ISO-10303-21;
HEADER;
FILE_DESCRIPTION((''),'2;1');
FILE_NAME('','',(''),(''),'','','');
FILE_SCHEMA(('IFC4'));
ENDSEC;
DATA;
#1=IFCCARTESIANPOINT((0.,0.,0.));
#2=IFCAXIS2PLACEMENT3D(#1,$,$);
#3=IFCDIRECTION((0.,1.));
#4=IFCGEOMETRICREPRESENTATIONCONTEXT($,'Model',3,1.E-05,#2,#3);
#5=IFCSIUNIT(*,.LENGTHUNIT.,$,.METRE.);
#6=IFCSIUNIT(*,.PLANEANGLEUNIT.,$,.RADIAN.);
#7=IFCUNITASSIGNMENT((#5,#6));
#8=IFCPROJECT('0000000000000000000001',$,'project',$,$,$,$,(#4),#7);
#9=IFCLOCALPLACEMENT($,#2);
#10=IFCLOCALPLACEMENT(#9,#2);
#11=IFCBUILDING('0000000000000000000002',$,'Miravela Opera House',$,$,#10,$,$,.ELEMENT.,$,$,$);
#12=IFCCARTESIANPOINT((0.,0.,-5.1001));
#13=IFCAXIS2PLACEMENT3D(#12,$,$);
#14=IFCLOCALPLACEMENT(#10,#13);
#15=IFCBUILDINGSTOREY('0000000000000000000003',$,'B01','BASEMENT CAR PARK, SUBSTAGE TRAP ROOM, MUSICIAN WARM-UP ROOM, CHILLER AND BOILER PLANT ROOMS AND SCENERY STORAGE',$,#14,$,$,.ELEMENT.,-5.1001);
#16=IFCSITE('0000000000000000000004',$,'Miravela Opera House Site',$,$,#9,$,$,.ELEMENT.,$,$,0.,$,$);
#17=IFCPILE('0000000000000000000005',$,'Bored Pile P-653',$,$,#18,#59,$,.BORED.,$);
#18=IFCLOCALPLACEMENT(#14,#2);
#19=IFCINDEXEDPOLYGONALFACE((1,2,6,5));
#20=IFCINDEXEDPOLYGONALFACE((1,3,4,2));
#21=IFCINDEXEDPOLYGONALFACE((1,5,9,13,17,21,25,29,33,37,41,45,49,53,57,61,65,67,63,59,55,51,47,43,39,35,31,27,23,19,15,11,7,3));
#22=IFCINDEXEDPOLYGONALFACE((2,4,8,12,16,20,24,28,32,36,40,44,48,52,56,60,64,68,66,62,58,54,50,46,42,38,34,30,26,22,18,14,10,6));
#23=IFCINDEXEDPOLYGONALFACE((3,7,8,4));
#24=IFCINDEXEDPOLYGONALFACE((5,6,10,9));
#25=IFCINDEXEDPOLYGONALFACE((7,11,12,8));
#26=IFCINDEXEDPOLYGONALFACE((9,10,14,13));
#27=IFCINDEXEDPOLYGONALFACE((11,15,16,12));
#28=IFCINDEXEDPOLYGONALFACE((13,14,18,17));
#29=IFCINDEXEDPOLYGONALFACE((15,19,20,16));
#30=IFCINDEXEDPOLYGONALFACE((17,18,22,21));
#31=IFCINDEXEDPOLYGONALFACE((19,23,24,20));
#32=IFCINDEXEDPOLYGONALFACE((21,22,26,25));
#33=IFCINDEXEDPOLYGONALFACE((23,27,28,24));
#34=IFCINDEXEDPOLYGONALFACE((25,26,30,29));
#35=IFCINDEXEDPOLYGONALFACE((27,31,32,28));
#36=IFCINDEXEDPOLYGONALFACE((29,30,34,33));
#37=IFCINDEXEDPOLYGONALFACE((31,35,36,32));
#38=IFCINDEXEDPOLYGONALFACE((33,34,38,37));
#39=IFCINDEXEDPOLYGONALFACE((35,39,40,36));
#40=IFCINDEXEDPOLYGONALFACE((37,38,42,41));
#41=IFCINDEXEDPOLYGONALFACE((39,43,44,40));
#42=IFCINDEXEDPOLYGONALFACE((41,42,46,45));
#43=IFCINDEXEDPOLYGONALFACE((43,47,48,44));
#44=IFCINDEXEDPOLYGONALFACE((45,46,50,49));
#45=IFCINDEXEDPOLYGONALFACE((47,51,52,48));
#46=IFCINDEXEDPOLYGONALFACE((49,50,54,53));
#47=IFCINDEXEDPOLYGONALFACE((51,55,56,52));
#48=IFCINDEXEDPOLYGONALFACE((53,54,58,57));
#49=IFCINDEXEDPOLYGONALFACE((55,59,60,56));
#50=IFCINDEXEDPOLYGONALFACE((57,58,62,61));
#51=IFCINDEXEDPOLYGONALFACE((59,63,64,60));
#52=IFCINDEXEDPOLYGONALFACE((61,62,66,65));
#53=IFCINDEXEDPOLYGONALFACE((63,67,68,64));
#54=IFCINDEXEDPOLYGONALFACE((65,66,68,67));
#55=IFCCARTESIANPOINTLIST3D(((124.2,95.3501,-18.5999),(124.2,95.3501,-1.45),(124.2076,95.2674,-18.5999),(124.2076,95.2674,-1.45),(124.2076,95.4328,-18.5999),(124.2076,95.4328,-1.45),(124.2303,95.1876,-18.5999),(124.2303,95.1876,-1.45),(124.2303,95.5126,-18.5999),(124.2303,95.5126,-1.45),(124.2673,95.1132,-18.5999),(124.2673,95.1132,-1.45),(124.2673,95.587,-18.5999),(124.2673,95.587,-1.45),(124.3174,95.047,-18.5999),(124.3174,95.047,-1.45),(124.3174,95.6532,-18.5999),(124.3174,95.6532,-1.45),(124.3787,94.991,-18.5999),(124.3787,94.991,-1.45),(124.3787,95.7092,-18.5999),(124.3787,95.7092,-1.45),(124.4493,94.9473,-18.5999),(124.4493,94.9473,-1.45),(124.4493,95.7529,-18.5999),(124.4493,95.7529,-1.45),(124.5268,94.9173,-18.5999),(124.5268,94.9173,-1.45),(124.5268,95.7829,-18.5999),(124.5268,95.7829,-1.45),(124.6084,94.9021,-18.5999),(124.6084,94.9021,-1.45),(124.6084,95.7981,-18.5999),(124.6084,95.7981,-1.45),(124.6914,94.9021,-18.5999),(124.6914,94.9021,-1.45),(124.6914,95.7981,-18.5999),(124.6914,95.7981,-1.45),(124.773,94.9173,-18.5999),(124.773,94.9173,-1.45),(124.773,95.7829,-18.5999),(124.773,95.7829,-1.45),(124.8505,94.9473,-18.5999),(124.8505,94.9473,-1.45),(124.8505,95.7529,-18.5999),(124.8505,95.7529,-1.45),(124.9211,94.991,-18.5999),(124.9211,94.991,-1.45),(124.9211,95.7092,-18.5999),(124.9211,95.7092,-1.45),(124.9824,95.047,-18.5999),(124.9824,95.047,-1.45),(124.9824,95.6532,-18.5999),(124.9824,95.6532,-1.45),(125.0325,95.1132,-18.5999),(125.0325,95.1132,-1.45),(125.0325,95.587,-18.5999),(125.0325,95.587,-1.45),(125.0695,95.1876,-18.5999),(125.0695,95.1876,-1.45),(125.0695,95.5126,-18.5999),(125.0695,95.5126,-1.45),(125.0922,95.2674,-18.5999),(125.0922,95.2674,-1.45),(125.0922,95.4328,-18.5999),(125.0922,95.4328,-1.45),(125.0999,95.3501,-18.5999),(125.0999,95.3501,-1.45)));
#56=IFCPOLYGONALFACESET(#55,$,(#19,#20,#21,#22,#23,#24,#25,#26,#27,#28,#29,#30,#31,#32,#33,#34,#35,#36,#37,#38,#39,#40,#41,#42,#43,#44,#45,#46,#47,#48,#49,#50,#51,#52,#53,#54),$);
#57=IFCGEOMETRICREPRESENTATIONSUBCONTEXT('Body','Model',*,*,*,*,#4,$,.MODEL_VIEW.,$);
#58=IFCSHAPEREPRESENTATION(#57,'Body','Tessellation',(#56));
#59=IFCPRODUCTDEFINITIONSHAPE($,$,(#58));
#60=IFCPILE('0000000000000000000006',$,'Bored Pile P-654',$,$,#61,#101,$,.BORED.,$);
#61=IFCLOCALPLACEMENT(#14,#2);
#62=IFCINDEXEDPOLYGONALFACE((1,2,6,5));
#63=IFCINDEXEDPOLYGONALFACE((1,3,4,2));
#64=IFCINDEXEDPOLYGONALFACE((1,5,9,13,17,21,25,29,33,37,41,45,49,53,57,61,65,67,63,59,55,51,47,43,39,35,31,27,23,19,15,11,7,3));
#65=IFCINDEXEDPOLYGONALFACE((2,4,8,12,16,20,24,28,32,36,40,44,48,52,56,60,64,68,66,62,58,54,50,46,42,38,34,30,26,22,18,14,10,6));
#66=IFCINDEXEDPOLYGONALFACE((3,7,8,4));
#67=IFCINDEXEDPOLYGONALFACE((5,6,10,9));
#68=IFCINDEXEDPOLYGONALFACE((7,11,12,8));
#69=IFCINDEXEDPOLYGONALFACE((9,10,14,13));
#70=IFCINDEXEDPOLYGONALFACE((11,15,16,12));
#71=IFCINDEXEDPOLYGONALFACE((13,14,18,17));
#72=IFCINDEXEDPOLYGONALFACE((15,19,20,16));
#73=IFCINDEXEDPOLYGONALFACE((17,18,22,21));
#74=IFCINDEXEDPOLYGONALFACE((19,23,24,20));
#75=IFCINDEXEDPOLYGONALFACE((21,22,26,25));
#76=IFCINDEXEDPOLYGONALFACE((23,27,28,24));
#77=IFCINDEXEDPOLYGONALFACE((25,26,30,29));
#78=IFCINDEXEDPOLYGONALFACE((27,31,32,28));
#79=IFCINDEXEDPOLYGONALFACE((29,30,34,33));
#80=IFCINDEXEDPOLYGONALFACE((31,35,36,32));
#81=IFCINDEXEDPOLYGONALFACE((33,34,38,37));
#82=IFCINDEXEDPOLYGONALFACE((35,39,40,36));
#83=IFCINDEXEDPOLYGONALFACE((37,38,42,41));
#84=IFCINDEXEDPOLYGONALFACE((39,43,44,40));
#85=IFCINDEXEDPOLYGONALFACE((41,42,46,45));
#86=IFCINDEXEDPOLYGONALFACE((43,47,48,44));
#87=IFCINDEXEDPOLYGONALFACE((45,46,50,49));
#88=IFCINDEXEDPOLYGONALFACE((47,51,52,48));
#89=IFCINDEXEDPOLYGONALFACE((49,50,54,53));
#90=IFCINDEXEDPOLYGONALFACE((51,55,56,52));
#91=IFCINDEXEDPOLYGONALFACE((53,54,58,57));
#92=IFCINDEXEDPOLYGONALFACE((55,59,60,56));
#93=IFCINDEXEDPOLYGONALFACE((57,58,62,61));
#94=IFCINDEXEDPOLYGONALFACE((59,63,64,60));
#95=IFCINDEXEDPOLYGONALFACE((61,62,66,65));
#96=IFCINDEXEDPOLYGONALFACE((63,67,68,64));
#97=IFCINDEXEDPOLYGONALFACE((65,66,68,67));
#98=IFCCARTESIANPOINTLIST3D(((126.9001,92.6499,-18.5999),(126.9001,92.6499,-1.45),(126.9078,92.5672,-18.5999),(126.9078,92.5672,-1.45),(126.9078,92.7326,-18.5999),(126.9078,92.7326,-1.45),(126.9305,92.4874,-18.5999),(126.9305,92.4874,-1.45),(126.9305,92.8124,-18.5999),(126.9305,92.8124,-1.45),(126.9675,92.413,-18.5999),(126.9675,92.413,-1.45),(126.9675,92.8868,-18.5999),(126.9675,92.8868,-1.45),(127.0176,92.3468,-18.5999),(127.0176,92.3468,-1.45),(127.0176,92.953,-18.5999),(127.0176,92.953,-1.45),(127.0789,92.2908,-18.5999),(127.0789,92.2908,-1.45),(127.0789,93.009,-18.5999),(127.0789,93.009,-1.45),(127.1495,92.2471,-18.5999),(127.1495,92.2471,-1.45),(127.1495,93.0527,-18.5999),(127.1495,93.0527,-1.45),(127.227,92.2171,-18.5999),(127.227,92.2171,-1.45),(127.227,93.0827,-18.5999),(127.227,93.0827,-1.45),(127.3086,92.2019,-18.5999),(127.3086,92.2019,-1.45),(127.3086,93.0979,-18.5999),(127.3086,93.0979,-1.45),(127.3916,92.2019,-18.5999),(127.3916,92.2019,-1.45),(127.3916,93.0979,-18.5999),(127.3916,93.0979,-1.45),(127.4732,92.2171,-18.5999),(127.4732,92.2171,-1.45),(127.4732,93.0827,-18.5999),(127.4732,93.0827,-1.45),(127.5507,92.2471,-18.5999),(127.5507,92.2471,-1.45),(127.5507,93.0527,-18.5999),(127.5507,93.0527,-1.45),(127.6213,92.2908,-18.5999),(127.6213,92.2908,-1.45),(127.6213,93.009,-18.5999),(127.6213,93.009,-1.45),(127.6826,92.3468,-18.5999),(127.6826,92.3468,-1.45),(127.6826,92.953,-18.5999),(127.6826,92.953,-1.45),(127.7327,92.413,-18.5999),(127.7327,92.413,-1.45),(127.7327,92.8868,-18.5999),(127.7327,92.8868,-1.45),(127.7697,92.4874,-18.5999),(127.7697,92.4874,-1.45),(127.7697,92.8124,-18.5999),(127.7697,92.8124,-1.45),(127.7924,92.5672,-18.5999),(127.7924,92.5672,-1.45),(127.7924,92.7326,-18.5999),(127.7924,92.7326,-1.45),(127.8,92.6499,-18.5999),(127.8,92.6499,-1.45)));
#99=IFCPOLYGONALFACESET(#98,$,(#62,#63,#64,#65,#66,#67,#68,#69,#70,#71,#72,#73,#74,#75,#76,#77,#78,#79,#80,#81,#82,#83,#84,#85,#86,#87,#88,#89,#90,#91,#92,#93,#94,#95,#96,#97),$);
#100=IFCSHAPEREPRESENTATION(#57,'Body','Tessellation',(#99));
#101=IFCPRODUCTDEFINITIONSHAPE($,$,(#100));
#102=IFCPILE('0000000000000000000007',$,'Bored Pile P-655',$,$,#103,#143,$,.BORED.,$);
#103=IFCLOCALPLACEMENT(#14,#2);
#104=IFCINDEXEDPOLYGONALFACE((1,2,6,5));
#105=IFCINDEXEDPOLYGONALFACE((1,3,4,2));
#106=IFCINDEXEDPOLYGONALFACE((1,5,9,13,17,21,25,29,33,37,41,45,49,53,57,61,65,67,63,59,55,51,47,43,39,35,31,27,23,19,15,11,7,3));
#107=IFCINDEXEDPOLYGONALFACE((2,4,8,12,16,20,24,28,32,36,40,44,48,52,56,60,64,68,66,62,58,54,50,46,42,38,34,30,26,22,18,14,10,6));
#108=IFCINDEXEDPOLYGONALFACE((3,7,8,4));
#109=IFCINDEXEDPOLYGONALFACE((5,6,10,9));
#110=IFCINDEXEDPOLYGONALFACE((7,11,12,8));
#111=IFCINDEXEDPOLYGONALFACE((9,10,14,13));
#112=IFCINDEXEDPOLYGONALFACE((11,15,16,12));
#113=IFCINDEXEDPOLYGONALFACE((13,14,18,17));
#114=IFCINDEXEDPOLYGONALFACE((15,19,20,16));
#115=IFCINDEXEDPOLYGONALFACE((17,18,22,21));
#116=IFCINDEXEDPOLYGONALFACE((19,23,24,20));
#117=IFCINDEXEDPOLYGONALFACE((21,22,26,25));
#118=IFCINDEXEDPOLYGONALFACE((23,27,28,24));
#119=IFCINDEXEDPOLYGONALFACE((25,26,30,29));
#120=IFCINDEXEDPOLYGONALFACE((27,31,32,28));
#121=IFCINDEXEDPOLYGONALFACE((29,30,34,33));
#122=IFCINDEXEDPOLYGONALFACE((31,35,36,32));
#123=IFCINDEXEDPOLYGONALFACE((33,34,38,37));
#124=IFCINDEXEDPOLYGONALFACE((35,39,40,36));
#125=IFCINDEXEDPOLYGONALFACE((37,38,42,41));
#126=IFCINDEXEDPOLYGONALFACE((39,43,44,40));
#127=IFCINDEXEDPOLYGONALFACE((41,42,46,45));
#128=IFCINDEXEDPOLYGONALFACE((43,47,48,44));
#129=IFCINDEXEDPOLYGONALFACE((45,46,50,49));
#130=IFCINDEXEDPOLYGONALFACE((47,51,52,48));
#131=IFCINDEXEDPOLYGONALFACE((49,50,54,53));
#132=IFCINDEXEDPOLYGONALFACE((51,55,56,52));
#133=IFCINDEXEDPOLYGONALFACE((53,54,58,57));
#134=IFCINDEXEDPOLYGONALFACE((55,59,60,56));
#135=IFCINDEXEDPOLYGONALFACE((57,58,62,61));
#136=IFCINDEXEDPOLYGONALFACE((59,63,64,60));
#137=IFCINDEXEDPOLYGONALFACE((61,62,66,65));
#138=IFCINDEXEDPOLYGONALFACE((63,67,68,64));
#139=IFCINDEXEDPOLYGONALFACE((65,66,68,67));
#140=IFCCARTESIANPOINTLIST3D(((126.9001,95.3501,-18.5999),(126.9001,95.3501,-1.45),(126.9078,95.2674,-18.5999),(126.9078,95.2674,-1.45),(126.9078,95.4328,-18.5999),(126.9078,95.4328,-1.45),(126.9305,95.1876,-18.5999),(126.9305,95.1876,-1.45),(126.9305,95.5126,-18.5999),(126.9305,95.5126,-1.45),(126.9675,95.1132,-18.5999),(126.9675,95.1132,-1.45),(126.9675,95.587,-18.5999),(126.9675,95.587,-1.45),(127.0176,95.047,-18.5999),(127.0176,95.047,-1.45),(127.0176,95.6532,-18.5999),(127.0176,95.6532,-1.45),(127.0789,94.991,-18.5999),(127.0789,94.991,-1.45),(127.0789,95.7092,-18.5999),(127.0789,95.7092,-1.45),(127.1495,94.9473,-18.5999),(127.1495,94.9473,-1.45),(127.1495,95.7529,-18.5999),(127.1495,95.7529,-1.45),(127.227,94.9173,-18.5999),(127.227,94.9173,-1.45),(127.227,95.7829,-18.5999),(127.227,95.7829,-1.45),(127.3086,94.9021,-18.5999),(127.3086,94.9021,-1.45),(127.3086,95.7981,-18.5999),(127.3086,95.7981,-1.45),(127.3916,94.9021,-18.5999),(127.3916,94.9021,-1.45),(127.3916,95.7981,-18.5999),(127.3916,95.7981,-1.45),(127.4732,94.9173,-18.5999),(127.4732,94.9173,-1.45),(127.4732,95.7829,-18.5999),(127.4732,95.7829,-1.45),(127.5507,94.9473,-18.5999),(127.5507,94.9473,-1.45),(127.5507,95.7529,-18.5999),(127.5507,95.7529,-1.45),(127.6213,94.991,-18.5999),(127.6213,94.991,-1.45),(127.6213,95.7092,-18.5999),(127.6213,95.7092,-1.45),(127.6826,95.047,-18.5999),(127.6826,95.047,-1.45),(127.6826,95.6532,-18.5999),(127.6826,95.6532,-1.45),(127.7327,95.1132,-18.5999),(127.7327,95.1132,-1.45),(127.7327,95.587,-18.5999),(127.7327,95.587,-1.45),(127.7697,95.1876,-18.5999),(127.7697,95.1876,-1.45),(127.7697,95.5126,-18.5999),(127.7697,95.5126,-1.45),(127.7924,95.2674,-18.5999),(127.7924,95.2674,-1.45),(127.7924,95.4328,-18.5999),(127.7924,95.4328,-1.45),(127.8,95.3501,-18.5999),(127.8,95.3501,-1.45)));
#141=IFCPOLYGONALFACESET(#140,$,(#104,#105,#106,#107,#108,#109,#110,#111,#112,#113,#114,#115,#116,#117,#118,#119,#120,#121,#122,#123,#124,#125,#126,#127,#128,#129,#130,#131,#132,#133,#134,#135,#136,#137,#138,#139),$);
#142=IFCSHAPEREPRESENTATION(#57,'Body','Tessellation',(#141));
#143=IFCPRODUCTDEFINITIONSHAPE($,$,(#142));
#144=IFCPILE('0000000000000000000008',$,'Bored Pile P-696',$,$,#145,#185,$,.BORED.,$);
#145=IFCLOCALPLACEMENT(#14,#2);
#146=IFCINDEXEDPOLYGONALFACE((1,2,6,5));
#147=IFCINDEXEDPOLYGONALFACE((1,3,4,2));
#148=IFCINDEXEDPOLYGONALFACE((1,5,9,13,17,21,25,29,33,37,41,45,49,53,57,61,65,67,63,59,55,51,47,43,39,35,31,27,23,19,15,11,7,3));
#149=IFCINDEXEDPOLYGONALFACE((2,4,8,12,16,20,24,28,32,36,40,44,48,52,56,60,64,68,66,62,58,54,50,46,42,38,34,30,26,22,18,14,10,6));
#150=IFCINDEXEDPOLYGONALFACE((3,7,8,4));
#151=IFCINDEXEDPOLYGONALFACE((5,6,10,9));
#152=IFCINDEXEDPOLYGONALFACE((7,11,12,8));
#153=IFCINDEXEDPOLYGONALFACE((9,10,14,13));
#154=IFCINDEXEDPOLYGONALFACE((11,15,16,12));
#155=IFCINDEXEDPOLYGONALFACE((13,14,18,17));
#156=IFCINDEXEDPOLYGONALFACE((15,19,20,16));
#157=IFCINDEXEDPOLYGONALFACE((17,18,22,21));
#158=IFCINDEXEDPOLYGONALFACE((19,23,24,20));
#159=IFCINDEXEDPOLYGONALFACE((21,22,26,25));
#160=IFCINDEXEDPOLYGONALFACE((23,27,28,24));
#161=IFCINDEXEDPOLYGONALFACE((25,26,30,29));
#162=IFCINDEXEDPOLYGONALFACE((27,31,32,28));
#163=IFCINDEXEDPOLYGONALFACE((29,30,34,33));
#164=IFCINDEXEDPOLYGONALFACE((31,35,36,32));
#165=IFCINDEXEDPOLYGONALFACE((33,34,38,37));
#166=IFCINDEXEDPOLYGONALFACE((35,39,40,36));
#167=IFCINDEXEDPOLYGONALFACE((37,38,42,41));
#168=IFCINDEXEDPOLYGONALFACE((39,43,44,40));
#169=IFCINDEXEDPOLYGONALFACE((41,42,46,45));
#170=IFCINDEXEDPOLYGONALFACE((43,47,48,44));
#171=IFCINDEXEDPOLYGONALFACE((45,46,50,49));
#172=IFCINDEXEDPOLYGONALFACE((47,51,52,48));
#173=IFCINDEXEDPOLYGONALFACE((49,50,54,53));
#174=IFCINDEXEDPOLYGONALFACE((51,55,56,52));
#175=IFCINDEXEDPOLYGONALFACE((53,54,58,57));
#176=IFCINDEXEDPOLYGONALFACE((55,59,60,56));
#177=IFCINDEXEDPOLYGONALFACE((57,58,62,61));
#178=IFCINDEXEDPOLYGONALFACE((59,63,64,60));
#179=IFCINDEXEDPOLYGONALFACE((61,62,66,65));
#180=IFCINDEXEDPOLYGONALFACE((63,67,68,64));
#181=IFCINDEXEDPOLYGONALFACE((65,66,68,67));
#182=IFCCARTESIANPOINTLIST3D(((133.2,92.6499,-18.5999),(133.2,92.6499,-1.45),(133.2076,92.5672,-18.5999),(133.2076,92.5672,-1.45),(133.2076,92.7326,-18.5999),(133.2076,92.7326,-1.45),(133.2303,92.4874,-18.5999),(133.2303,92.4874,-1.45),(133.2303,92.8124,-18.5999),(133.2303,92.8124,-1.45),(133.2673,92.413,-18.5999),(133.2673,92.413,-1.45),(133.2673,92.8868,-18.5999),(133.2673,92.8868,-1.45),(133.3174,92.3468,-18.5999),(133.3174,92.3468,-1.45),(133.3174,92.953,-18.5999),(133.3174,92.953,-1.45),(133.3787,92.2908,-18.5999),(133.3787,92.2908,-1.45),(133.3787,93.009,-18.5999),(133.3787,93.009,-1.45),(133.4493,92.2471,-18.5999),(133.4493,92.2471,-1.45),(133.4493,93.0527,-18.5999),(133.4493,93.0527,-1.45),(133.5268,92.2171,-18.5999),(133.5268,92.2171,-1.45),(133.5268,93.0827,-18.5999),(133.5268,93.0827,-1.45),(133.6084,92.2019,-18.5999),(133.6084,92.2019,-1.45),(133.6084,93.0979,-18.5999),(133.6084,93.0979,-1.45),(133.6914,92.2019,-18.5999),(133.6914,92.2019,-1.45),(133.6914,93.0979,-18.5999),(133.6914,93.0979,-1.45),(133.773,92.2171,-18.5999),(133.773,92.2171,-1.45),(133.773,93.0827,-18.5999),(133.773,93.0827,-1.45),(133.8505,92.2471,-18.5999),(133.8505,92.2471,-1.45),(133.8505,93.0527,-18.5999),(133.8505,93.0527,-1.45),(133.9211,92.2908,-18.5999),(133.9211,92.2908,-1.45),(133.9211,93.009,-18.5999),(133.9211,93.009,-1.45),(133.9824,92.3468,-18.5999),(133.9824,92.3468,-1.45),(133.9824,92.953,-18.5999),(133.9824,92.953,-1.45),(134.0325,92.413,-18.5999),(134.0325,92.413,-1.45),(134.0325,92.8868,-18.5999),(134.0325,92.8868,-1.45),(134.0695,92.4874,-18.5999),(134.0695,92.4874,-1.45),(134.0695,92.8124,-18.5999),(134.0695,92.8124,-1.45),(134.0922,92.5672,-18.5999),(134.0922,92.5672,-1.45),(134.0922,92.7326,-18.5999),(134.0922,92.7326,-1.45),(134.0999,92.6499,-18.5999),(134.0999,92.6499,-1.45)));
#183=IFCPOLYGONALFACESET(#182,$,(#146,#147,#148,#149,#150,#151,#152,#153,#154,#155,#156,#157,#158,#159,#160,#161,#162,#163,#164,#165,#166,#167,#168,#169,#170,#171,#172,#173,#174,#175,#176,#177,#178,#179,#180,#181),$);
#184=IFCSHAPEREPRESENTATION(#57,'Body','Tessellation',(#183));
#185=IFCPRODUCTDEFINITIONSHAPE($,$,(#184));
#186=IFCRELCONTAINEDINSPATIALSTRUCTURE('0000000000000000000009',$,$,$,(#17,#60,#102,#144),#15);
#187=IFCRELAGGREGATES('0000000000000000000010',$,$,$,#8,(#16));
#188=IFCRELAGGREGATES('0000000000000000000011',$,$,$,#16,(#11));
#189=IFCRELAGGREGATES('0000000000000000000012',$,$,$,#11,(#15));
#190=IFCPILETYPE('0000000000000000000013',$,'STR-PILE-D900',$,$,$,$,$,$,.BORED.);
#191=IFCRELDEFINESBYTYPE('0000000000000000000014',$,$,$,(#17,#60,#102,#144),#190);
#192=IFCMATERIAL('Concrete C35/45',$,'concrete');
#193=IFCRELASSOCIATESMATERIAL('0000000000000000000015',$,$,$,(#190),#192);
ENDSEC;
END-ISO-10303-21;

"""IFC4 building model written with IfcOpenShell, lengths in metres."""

from ifc_helpers import new_model, si_unit, direction, frame, origin, origin_2d, place, context, subcontext, project, spatial, circle, extrude, material, material_profile, profile_set, type_object, element, save


model = new_model("IFC4")

# Units and contexts
model_context = context("Model", 3, precision=1e-05, world=origin(), true_north=direction((0.0, 1.0)))
body_context = subcontext(model_context, "Body", "Model", "MODEL_VIEW")
ifc_project = project(units=[si_unit("LENGTHUNIT", "METRE"), si_unit("PLANEANGLEUNIT", "RADIAN")], contexts=[model_context])

# Site, building, storey
site_placement = place(None, origin())
site = spatial("IfcSite", under=ifc_project, at=site_placement, Name="Miravela Opera House Site", CompositionType="ELEMENT", RefElevation=0.0)
building_placement = place(site_placement, origin())
building = spatial("IfcBuilding", under=site, at=building_placement, Name="Miravela Opera House", CompositionType="ELEMENT")
storey_placement = place(building_placement, frame((0.0, 0.0, -5.1001)))
storey = spatial("IfcBuildingStorey", under=building, at=storey_placement, Name="B01", Description="BASEMENT CAR PARK, SUBSTAGE TRAP ROOM, MUSICIAN WARM-UP ROOM, CHILLER AND BOILER PLANT ROOMS AND SCENERY STORAGE", CompositionType="ELEMENT", Elevation=-5.1001)

# Shared definitions
ifc_material_1 = material(Name="Concrete C35/45", Category="concrete")

# Piles
ifc_material_profile_1 = material_profile(ifc_material_1, circle(Radius=0.45, at=origin_2d()), Name="PILE-D900")
ifc_profile_set_1 = profile_set([ifc_material_profile_1])
pile_type_1 = type_object("IfcPileType", Name="STR-PILE-D900", PredefinedType="BORED", material=ifc_profile_set_1)
for number, where, z_axis, x_axis, name in (
    (1, (124.6499, 95.3501, -1.45), (0.0, 0.0, -1.0), (1.0, 0.0, 0.0), "Bored Pile P-653"),
    (2, (127.3501, 92.6499, -1.45), (0.0, 0.0, -1.0), (1.0, 0.0, 0.0), "Bored Pile P-654"),
    (3, (127.3501, 95.3501, -1.45), (0.0, 0.0, -1.0), (1.0, 0.0, 0.0), "Bored Pile P-655"),
    (4, (133.6499, 92.6499, -1.45), (0.0, 0.0, -1.0), (1.0, 0.0, 0.0), "Bored Pile P-696"),
):
    element("IfcPile", number, at=place(storey_placement, frame(where, z_axis=z_axis, x_axis=x_axis)), inside=storey, type_object=pile_type_1, Name=name, PredefinedType="BORED", context=body_context, shape_type="SweptSolid", body=[
        extrude(circle(Radius=0.45, at=origin_2d()), origin(), (0.0, 0.0, 1.0), 17.1499),
    ])

save(model, "model.ifc")
